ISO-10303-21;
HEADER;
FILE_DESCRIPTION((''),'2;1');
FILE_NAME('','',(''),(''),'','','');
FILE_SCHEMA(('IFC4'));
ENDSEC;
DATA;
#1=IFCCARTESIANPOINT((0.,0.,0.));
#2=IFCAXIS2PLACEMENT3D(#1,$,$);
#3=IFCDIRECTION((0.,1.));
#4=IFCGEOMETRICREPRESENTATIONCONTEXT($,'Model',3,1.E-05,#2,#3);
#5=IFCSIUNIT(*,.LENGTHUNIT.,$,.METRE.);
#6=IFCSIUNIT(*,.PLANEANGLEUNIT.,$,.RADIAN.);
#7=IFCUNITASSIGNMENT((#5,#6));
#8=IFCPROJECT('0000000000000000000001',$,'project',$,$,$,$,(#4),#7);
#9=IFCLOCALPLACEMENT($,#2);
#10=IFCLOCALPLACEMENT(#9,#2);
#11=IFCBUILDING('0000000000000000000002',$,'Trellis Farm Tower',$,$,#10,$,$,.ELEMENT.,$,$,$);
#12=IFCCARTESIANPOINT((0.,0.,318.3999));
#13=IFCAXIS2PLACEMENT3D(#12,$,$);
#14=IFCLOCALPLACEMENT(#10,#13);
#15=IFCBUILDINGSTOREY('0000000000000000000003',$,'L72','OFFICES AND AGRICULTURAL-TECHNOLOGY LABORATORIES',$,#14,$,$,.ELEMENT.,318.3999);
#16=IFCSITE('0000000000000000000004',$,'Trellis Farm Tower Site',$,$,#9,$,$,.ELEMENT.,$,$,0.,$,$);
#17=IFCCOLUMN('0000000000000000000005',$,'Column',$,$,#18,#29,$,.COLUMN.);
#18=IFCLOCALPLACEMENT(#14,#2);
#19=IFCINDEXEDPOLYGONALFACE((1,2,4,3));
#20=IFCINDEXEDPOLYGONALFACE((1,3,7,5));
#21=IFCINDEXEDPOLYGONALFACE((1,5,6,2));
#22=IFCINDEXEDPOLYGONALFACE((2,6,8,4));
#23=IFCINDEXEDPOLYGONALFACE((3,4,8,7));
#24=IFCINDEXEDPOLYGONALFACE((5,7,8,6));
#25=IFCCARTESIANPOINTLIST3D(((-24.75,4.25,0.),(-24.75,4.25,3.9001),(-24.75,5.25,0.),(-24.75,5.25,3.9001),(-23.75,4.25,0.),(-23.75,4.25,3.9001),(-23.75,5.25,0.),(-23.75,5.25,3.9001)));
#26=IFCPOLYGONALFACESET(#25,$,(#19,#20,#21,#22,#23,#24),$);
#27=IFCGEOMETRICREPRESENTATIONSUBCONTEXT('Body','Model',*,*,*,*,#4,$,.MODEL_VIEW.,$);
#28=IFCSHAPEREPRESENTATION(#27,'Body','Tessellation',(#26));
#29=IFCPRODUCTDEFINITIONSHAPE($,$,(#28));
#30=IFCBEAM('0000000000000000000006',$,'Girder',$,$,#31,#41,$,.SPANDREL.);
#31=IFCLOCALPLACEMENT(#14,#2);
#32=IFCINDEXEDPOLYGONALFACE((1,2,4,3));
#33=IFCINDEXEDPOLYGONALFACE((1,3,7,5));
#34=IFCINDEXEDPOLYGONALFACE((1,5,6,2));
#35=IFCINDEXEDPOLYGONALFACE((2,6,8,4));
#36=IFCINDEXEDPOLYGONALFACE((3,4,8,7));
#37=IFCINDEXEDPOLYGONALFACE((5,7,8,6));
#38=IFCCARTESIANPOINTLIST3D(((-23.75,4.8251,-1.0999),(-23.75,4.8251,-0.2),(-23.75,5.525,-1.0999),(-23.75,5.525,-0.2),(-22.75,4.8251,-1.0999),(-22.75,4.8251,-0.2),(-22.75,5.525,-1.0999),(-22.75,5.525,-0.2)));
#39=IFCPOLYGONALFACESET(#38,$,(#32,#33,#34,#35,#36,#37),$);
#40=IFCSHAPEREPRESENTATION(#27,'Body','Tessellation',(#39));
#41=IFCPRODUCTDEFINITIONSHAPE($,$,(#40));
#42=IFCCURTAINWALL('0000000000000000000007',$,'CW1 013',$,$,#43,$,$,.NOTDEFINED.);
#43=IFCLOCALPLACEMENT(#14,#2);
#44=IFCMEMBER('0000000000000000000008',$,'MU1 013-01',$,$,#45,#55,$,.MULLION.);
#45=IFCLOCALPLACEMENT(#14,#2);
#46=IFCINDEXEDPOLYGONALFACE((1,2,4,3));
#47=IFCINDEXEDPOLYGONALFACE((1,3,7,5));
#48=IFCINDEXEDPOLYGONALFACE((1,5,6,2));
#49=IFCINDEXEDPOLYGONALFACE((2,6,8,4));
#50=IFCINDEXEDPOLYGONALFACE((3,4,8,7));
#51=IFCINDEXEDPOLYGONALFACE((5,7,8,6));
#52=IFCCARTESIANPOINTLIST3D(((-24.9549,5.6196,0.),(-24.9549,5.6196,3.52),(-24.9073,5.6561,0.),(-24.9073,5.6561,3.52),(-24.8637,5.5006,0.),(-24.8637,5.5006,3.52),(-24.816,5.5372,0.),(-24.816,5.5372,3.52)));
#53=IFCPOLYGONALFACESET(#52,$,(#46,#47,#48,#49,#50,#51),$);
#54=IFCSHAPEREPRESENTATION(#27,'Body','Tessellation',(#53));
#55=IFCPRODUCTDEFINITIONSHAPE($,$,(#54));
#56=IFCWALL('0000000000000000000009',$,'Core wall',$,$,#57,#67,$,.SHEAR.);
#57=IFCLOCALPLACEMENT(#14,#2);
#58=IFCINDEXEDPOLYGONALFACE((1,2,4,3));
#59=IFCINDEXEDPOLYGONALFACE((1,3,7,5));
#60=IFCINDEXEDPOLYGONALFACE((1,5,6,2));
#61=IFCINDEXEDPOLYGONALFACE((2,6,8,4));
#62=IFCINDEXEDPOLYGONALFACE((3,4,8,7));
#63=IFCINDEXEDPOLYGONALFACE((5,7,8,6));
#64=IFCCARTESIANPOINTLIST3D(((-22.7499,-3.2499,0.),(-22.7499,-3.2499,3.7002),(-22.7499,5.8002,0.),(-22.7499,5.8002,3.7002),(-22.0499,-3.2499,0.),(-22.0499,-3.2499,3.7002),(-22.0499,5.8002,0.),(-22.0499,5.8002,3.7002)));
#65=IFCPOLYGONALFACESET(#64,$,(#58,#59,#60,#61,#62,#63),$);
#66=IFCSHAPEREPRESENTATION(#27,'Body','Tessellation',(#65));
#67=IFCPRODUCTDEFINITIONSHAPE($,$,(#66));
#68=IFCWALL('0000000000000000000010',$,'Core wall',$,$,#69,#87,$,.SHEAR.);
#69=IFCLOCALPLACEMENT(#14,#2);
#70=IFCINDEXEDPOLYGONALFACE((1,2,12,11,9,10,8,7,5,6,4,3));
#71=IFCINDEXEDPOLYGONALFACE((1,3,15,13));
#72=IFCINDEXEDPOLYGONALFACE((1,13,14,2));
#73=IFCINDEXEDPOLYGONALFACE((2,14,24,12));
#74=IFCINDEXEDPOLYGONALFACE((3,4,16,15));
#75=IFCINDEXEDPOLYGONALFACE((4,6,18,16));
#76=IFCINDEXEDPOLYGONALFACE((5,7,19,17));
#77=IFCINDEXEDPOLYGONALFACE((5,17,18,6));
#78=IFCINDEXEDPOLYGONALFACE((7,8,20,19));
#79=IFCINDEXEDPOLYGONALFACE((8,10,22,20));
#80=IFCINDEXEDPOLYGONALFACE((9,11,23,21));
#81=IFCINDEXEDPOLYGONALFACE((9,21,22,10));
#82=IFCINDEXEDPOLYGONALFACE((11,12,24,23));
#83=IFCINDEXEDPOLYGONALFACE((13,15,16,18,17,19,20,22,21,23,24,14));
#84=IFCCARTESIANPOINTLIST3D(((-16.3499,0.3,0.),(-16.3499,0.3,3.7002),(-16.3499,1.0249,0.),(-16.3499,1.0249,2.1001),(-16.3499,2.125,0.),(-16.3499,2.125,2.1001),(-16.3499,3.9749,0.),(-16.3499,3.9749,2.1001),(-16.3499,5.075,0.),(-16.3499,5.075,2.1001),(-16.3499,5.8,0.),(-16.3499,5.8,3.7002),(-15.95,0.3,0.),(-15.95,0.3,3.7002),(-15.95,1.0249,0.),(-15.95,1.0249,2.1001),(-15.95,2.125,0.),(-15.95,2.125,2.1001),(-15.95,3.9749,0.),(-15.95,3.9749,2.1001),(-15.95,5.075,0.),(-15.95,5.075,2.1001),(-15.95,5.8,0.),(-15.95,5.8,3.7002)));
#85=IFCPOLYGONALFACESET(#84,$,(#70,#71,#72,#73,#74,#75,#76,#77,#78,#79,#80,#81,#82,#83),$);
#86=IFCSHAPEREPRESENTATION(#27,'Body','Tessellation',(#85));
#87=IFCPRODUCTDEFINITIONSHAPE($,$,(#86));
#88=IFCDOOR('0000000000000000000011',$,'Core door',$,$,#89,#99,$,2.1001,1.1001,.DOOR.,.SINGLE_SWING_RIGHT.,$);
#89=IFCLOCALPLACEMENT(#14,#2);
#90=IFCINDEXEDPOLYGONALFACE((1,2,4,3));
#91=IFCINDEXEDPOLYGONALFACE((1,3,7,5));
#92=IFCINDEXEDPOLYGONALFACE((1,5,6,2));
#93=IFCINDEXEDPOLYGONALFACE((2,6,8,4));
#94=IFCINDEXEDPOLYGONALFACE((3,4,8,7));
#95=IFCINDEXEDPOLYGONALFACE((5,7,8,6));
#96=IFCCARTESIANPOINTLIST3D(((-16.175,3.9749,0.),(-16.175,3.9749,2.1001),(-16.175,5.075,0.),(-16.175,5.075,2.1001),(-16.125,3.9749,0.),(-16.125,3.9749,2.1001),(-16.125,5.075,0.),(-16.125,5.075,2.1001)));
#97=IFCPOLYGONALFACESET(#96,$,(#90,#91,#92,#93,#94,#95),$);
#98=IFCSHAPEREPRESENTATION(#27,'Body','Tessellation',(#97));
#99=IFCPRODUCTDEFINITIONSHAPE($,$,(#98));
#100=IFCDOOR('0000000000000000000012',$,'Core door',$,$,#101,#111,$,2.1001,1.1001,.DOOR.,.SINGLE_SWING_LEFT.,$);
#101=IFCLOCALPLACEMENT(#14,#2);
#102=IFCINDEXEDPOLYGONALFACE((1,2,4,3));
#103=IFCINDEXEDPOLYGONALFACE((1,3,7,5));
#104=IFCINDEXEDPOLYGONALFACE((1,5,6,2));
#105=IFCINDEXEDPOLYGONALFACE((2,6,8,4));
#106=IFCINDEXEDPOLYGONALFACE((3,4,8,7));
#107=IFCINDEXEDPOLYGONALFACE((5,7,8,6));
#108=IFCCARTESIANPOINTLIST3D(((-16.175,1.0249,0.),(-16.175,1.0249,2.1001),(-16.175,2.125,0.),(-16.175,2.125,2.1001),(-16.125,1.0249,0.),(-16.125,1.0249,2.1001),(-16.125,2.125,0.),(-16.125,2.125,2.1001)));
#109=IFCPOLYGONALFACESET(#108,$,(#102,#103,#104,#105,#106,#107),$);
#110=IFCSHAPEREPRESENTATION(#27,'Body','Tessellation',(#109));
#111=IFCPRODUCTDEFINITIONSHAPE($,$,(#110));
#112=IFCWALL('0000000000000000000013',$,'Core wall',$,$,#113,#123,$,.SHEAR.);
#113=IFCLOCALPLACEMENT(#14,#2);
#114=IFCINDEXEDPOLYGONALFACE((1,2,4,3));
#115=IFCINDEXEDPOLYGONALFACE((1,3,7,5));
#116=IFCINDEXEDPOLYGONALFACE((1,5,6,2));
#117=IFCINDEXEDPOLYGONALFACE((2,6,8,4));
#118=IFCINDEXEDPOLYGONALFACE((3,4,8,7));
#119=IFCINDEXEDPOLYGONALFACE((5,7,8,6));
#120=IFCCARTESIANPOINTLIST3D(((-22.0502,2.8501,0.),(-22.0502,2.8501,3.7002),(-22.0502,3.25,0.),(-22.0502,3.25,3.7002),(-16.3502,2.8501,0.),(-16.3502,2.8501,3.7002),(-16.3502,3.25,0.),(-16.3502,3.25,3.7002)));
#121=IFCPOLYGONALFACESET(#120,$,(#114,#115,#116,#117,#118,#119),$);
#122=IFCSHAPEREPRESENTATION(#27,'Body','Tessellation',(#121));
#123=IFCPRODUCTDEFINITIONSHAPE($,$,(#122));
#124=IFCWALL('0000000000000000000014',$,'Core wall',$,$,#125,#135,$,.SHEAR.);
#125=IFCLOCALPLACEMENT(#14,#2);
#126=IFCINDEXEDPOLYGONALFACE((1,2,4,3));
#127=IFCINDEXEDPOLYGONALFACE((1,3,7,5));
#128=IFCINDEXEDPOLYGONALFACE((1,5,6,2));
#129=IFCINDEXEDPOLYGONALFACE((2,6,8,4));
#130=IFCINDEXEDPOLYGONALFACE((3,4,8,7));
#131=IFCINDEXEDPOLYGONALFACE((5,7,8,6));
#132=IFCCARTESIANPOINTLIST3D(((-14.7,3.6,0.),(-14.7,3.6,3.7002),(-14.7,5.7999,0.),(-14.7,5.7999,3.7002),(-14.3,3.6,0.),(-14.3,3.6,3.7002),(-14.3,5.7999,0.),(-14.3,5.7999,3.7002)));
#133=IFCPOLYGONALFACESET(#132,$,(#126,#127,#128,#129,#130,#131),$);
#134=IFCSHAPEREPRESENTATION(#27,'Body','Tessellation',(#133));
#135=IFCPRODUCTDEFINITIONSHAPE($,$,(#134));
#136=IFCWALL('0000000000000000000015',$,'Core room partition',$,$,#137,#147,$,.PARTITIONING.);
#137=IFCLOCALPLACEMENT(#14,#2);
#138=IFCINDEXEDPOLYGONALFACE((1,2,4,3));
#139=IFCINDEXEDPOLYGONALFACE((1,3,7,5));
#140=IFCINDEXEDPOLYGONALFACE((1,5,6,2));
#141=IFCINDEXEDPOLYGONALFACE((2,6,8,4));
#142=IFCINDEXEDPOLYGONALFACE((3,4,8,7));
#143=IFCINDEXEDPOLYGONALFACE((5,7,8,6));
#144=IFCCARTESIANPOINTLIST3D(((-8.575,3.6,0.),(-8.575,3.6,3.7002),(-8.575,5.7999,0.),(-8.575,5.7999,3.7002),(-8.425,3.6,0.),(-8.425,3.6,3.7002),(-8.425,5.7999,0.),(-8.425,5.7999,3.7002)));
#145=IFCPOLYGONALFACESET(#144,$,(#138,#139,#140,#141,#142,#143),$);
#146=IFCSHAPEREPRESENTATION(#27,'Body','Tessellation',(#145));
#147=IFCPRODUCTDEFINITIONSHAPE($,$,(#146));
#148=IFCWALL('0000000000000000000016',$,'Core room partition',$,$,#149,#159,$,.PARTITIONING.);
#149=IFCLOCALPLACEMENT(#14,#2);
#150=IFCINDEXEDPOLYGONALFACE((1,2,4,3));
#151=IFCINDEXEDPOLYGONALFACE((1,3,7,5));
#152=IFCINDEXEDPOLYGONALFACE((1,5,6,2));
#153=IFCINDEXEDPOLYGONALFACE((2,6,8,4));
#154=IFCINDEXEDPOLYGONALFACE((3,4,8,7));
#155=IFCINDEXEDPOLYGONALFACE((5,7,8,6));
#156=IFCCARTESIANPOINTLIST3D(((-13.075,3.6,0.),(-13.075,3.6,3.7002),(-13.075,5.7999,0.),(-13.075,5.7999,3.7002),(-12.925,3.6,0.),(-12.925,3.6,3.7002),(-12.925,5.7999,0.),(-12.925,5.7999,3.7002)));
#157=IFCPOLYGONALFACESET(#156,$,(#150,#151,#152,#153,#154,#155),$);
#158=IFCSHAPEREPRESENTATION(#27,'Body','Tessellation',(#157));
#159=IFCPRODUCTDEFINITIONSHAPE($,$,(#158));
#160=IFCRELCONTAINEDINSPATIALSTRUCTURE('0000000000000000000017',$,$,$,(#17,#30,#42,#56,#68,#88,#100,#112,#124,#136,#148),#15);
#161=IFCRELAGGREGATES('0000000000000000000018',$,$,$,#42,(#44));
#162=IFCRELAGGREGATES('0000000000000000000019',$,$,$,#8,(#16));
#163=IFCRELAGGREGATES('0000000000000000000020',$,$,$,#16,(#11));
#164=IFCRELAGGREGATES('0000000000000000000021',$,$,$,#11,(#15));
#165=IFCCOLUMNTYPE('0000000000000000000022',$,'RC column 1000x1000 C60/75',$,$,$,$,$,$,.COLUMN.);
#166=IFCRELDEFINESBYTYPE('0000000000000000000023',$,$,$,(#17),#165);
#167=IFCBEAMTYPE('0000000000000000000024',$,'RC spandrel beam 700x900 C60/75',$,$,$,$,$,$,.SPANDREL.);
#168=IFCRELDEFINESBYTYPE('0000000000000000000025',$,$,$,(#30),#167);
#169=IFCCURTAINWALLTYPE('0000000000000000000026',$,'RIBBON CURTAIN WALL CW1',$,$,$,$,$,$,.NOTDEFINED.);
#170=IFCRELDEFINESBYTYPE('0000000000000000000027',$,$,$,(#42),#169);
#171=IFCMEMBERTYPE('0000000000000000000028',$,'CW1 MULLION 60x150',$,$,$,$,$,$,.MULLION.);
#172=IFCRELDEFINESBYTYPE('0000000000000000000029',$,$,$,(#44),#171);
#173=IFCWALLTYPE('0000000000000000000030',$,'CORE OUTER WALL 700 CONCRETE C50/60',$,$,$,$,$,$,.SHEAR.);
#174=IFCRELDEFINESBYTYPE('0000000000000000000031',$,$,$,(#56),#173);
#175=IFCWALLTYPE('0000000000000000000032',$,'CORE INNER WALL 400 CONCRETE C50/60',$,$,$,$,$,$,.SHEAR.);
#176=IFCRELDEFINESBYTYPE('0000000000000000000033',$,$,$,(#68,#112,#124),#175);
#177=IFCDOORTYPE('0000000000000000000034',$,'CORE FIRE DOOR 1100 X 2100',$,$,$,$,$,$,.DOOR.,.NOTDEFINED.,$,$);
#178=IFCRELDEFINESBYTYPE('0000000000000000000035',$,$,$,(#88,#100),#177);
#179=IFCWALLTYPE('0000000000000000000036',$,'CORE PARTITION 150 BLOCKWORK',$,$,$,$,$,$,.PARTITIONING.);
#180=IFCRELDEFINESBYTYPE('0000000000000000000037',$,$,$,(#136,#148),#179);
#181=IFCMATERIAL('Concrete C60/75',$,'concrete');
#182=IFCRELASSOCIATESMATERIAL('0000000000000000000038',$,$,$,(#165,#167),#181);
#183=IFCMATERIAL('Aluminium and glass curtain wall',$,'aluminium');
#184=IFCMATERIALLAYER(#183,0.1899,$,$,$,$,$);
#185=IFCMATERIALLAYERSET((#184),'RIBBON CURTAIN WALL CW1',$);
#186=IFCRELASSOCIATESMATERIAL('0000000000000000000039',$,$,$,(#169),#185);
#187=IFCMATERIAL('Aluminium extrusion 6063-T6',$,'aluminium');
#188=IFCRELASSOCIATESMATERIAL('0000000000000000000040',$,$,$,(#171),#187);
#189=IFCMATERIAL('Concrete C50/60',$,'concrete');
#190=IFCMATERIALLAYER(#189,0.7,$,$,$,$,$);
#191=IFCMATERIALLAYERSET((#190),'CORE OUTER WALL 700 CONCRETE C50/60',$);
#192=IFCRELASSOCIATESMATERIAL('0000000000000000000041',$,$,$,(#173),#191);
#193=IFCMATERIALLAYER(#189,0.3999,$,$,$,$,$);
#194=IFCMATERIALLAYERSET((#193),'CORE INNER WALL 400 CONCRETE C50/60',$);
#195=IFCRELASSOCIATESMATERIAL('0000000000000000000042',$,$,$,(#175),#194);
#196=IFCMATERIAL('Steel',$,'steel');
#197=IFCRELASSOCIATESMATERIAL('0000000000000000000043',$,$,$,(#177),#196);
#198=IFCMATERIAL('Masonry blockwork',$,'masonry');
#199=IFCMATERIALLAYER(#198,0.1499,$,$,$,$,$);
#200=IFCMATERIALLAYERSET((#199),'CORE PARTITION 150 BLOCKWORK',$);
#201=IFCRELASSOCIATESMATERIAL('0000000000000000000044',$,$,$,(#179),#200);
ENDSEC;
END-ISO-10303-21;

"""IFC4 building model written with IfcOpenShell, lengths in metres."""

from ifc_helpers import new_model, si_unit, direction, frame, frame_2d, origin, origin_2d, place, context, subcontext, project, spatial, rectangle, extrude, source, transform, mapped, material, layer, layer_set, material_profile, profile_set, type_object, element, fill, aggregate, save


model = new_model("IFC4")

# Units and contexts
model_context = context("Model", 3, precision=1e-05, world=origin(), true_north=direction((0.0, 1.0)))
body_context = subcontext(model_context, "Body", "Model", "MODEL_VIEW")
ifc_project = project(units=[si_unit("LENGTHUNIT", "METRE"), si_unit("PLANEANGLEUNIT", "RADIAN")], contexts=[model_context])

# Site, building, storey
site_placement = place(None, origin())
site = spatial("IfcSite", under=ifc_project, at=site_placement, Name="Trellis Farm Tower Site", CompositionType="ELEMENT", RefElevation=0.0)
building_placement = place(site_placement, origin())
building = spatial("IfcBuilding", under=site, at=building_placement, Name="Trellis Farm Tower", CompositionType="ELEMENT")
storey_placement = place(building_placement, frame((0.0, 0.0, 318.3999)))
storey = spatial("IfcBuildingStorey", under=building, at=storey_placement, Name="L72", Description="OFFICES AND AGRICULTURAL-TECHNOLOGY LABORATORIES", CompositionType="ELEMENT", Elevation=318.3999)

# Column
ifc_material_1 = material(Name="Concrete C60/75", Category="concrete")
ifc_material_profile_1 = material_profile(ifc_material_1, rectangle(XDim=1.0, YDim=1.0, at=origin_2d()), Name="RC column 1000x1000 C60/75")
ifc_profile_set_1 = profile_set([ifc_material_profile_1], Name="Concrete C60/75")
column_type = type_object("IfcColumnType", Name="RC column 1000x1000 C60/75", PredefinedType="COLUMN", material=ifc_profile_set_1)
shared_shape_1 = source(origin(), body_context, "Body", "SweptSolid", [
    extrude(rectangle(XDim=1.0, YDim=1.0, at=origin_2d()), origin(), (0.0, 0.0, 1.0), 3.9001),
])
column_placement = place(storey_placement, frame((-24.25, 4.75, 0.0), z_axis=(0.0, 0.0, 1.0), x_axis=(1.0, 0.0, 0.0)))
element("IfcColumn", 1, at=column_placement, inside=storey, type_object=column_type, Name="Column", PredefinedType="COLUMN", context=body_context, shape_type="MappedRepresentation", body=[
    mapped(shared_shape_1, transform((0.0, 0.0, 0.0))),
])

# Beam
ifc_material_profile_2 = material_profile(ifc_material_1, rectangle(XDim=0.7, YDim=0.8999, at=origin_2d()), Name="RC spandrel beam 700x900 C60/75")
ifc_profile_set_2 = profile_set([ifc_material_profile_2], Name="Concrete C60/75")
beam_type = type_object("IfcBeamType", Name="RC spandrel beam 700x900 C60/75", PredefinedType="SPANDREL", material=ifc_profile_set_2)
shared_shape_2 = source(origin(), body_context, "Body", "SweptSolid", [
    extrude(rectangle(XDim=0.7, YDim=0.8999, at=origin_2d()), origin(), (0.0, 0.0, 1.0), 1.0),
])
beam_placement = place(storey_placement, frame((-23.75, 5.175, -0.6499), z_axis=(1.0, 0.0, 0.0), x_axis=(0.0, 1.0, 0.0)))
element("IfcBeam", 2, at=beam_placement, inside=storey, type_object=beam_type, Name="Girder", PredefinedType="SPANDREL", context=body_context, shape_type="MappedRepresentation", body=[
    mapped(shared_shape_2, transform((0.0, 0.0, 0.0))),
])

# Curtain wall, member
ifc_material_2 = material(Name="Aluminium and glass curtain wall", Category="aluminium")
ifc_layer_1 = layer(ifc_material_2, 0.1899)
ifc_layer_set_1 = layer_set([ifc_layer_1], Name="RIBBON CURTAIN WALL CW1")
curtain_wall_type = type_object("IfcCurtainWallType", Name="RIBBON CURTAIN WALL CW1", PredefinedType="NOTDEFINED", material=ifc_layer_set_1)
placement = place(storey_placement, origin())
curtain_wall = element("IfcCurtainWall", 3, at=placement, inside=storey, type_object=curtain_wall_type, Name="CW1 013", PredefinedType="NOTDEFINED")
ifc_material_3 = material(Name="Aluminium extrusion 6063-T6", Category="aluminium")
ifc_material_profile_3 = material_profile(ifc_material_3, rectangle(XDim=0.0601, YDim=0.1499, at=origin_2d()), Name="MULLION 60x150")
ifc_profile_set_3 = profile_set([ifc_material_profile_3], Name="Aluminium extrusion 6063-T6")
member_type = type_object("IfcMemberType", Name="CW1 MULLION 60x150", PredefinedType="MULLION", material=ifc_profile_set_3)
shared_shape_3 = source(origin(), body_context, "Body", "SweptSolid", [
    extrude(rectangle(XDim=0.0601, YDim=0.1499, at=origin_2d()), origin(), (0.0, 0.0, 1.0), 3.52),
])
member_placement = place(storey_placement, frame((-24.8855, 5.5784, 0.0), z_axis=(0.0, 0.0, 1.0), x_axis=(-0.793353, -0.608761, 0.0)))
member = element("IfcMember", 4, at=member_placement, type_object=member_type, Name="MU1 013-01", PredefinedType="MULLION", context=body_context, shape_type="MappedRepresentation", body=[
    mapped(shared_shape_3, transform((0.0, 0.0, 0.0))),
])
aggregate(curtain_wall, [member])

# Wall
ifc_material_4 = material(Name="Concrete C50/60", Category="concrete")
ifc_layer_2 = layer(ifc_material_4, 0.7)
ifc_layer_set_2 = layer_set([ifc_layer_2], Name="CORE OUTER WALL 700 CONCRETE C50/60")
wall_type_1 = type_object("IfcWallType", Name="CORE OUTER WALL 700 CONCRETE C50/60", PredefinedType="SHEAR", material=ifc_layer_set_2)
shared_shape_4 = source(origin(), body_context, "Body", "SweptSolid", [
    extrude(rectangle(XDim=9.05, YDim=0.7, at=frame_2d((4.5249, 0.0))), origin(), (0.0, 0.0, 1.0), 3.7002),
])
wall_1_placement = place(storey_placement, frame((-22.3999, 5.8, 0.0), z_axis=(0.0, 0.0, 1.0), x_axis=(0.0, -1.0, 0.0)))
element("IfcWall", 5, at=wall_1_placement, inside=storey, type_object=wall_type_1, Name="Core wall", PredefinedType="SHEAR", context=body_context, shape_type="MappedRepresentation", body=[
    mapped(shared_shape_4, transform((0.0, 0.0, 0.0))),
])

# Wall, openings, doors
ifc_layer_3 = layer(ifc_material_4, 0.3999)
ifc_layer_set_3 = layer_set([ifc_layer_3], Name="CORE INNER WALL 400 CONCRETE C50/60")
wall_type_2 = type_object("IfcWallType", Name="CORE INNER WALL 400 CONCRETE C50/60", PredefinedType="SHEAR", material=ifc_layer_set_3)
shared_shape_5 = source(origin(), body_context, "Body", "SweptSolid", [
    extrude(rectangle(XDim=5.5, YDim=0.3999, at=frame_2d((2.75, 0.0))), origin(), (0.0, 0.0, 1.0), 3.7002),
])
wall_2_placement = place(storey_placement, frame((-16.1499, 5.8, 0.0), z_axis=(0.0, 0.0, 1.0), x_axis=(0.0, -1.0, 0.0)))
wall_2 = element("IfcWall", 6, at=wall_2_placement, inside=storey, type_object=wall_type_2, Name="Core wall", PredefinedType="SHEAR", context=body_context, shape_type="MappedRepresentation", body=[
    mapped(shared_shape_5, transform((0.0, 0.0, 0.0))),
])
shared_shape_6 = source(origin(), body_context, "Body", "SweptSolid", [
    extrude(rectangle(XDim=1.1001, YDim=2.1001, at=frame_2d((0.55, 1.05))), frame((0.0, 0.21, 0.0), z_axis=(0.0, -1.0, 0.0), x_axis=(1.0, 0.0, 0.0)), (0.0, 0.0, 1.0), 0.4199),
])
opening_1_placement = place(wall_2_placement, frame((0.7251, 0.0, 0.0)))
opening_1 = element("IfcOpeningElement", 7, at=opening_1_placement, cuts=wall_2, PredefinedType="OPENING", context=body_context, shape_type="MappedRepresentation", body=[
    mapped(shared_shape_6, transform((0.0, 0.0, 0.0))),
])
opening_2_placement = place(wall_2_placement, frame((3.675, 0.0, 0.0)))
opening_2 = element("IfcOpeningElement", 8, at=opening_2_placement, cuts=wall_2, PredefinedType="OPENING", context=body_context, shape_type="MappedRepresentation", body=[
    mapped(shared_shape_6, transform((0.0, 0.0, 0.0))),
])
ifc_material_5 = material(Name="Steel", Category="steel")
door_type = type_object("IfcDoorType", Name="CORE FIRE DOOR 1100 X 2100", OperationType="NOTDEFINED", PredefinedType="DOOR", material=ifc_material_5)
shared_shape_7 = source(origin(), body_context, "Body", "SweptSolid", [
    extrude(rectangle(XDim=1.1001, YDim=2.1001, at=frame_2d((0.55, 1.05))), frame((0.0, 0.0249, 0.0), z_axis=(0.0, -1.0, 0.0), x_axis=(1.0, 0.0, 0.0)), (0.0, 0.0, 1.0), 0.05),
])
door_1_placement = place(opening_1_placement, origin())
door_1 = element("IfcDoor", 9, at=door_1_placement, inside=storey, type_object=door_type, Name="Core door", OperationType="SINGLE_SWING_RIGHT", OverallHeight=2.1001, OverallWidth=1.1001, PredefinedType="DOOR", context=body_context, shape_type="MappedRepresentation", body=[
    mapped(shared_shape_7, transform((0.0, 0.0, 0.0))),
])
fill(opening_1, door_1)
door_2_placement = place(opening_2_placement, origin())
door_2 = element("IfcDoor", 10, at=door_2_placement, inside=storey, type_object=door_type, Name="Core door", OperationType="SINGLE_SWING_LEFT", OverallHeight=2.1001, OverallWidth=1.1001, PredefinedType="DOOR", context=body_context, shape_type="MappedRepresentation", body=[
    mapped(shared_shape_7, transform((0.0, 0.0, 0.0))),
])
fill(opening_2, door_2)

# Walls
shared_shape_8 = source(origin(), body_context, "Body", "SweptSolid", [
    extrude(rectangle(XDim=5.7, YDim=0.3999, at=frame_2d((2.8501, 0.0))), origin(), (0.0, 0.0, 1.0), 3.7002),
])
wall_3_placement = place(storey_placement, frame((-16.3501, 3.05, 0.0), z_axis=(0.0, 0.0, 1.0), x_axis=(-1.0, 0.0, 0.0)))
element("IfcWall", 11, at=wall_3_placement, inside=storey, type_object=wall_type_2, Name="Core wall", PredefinedType="SHEAR", context=body_context, shape_type="MappedRepresentation", body=[
    mapped(shared_shape_8, transform((0.0, 0.0, 0.0))),
])
shared_shape_9 = source(origin(), body_context, "Body", "SweptSolid", [
    extrude(rectangle(XDim=2.2, YDim=0.3999, at=frame_2d((1.1001, 0.0))), origin(), (0.0, 0.0, 1.0), 3.7002),
])
wall_4_placement = place(storey_placement, frame((-14.5, 5.8, 0.0), z_axis=(0.0, 0.0, 1.0), x_axis=(0.0, -1.0, 0.0)))
element("IfcWall", 12, at=wall_4_placement, inside=storey, type_object=wall_type_2, Name="Core wall", PredefinedType="SHEAR", context=body_context, shape_type="MappedRepresentation", body=[
    mapped(shared_shape_9, transform((0.0, 0.0, 0.0))),
])
ifc_material_6 = material(Name="Masonry blockwork", Category="masonry")
ifc_layer_4 = layer(ifc_material_6, 0.1499)
ifc_layer_set_4 = layer_set([ifc_layer_4], Name="CORE PARTITION 150 BLOCKWORK")
wall_type_3 = type_object("IfcWallType", Name="CORE PARTITION 150 BLOCKWORK", PredefinedType="PARTITIONING", material=ifc_layer_set_4)
shared_shape_10 = source(origin(), body_context, "Body", "SweptSolid", [
    extrude(rectangle(XDim=2.2, YDim=0.1499, at=frame_2d((1.1001, 0.0))), origin(), (0.0, 0.0, 1.0), 3.7002),
])
for number, where, z_axis, x_axis, name in (
    (13, (-8.5, 5.8, 0.0), (0.0, 0.0, 1.0), (0.0, -1.0, 0.0), "Core room partition"),
    (14, (-13.0, 5.8, 0.0), (0.0, 0.0, 1.0), (0.0, -1.0, 0.0), "Core room partition"),
):
    element("IfcWall", number, at=place(storey_placement, frame(where, z_axis=z_axis, x_axis=x_axis)), inside=storey, type_object=wall_type_3, Name=name, PredefinedType="PARTITIONING", context=body_context, shape_type="MappedRepresentation", body=[
        mapped(shared_shape_10, transform((0.0, 0.0, 0.0))),
    ])

save(model, "model.ifc")
